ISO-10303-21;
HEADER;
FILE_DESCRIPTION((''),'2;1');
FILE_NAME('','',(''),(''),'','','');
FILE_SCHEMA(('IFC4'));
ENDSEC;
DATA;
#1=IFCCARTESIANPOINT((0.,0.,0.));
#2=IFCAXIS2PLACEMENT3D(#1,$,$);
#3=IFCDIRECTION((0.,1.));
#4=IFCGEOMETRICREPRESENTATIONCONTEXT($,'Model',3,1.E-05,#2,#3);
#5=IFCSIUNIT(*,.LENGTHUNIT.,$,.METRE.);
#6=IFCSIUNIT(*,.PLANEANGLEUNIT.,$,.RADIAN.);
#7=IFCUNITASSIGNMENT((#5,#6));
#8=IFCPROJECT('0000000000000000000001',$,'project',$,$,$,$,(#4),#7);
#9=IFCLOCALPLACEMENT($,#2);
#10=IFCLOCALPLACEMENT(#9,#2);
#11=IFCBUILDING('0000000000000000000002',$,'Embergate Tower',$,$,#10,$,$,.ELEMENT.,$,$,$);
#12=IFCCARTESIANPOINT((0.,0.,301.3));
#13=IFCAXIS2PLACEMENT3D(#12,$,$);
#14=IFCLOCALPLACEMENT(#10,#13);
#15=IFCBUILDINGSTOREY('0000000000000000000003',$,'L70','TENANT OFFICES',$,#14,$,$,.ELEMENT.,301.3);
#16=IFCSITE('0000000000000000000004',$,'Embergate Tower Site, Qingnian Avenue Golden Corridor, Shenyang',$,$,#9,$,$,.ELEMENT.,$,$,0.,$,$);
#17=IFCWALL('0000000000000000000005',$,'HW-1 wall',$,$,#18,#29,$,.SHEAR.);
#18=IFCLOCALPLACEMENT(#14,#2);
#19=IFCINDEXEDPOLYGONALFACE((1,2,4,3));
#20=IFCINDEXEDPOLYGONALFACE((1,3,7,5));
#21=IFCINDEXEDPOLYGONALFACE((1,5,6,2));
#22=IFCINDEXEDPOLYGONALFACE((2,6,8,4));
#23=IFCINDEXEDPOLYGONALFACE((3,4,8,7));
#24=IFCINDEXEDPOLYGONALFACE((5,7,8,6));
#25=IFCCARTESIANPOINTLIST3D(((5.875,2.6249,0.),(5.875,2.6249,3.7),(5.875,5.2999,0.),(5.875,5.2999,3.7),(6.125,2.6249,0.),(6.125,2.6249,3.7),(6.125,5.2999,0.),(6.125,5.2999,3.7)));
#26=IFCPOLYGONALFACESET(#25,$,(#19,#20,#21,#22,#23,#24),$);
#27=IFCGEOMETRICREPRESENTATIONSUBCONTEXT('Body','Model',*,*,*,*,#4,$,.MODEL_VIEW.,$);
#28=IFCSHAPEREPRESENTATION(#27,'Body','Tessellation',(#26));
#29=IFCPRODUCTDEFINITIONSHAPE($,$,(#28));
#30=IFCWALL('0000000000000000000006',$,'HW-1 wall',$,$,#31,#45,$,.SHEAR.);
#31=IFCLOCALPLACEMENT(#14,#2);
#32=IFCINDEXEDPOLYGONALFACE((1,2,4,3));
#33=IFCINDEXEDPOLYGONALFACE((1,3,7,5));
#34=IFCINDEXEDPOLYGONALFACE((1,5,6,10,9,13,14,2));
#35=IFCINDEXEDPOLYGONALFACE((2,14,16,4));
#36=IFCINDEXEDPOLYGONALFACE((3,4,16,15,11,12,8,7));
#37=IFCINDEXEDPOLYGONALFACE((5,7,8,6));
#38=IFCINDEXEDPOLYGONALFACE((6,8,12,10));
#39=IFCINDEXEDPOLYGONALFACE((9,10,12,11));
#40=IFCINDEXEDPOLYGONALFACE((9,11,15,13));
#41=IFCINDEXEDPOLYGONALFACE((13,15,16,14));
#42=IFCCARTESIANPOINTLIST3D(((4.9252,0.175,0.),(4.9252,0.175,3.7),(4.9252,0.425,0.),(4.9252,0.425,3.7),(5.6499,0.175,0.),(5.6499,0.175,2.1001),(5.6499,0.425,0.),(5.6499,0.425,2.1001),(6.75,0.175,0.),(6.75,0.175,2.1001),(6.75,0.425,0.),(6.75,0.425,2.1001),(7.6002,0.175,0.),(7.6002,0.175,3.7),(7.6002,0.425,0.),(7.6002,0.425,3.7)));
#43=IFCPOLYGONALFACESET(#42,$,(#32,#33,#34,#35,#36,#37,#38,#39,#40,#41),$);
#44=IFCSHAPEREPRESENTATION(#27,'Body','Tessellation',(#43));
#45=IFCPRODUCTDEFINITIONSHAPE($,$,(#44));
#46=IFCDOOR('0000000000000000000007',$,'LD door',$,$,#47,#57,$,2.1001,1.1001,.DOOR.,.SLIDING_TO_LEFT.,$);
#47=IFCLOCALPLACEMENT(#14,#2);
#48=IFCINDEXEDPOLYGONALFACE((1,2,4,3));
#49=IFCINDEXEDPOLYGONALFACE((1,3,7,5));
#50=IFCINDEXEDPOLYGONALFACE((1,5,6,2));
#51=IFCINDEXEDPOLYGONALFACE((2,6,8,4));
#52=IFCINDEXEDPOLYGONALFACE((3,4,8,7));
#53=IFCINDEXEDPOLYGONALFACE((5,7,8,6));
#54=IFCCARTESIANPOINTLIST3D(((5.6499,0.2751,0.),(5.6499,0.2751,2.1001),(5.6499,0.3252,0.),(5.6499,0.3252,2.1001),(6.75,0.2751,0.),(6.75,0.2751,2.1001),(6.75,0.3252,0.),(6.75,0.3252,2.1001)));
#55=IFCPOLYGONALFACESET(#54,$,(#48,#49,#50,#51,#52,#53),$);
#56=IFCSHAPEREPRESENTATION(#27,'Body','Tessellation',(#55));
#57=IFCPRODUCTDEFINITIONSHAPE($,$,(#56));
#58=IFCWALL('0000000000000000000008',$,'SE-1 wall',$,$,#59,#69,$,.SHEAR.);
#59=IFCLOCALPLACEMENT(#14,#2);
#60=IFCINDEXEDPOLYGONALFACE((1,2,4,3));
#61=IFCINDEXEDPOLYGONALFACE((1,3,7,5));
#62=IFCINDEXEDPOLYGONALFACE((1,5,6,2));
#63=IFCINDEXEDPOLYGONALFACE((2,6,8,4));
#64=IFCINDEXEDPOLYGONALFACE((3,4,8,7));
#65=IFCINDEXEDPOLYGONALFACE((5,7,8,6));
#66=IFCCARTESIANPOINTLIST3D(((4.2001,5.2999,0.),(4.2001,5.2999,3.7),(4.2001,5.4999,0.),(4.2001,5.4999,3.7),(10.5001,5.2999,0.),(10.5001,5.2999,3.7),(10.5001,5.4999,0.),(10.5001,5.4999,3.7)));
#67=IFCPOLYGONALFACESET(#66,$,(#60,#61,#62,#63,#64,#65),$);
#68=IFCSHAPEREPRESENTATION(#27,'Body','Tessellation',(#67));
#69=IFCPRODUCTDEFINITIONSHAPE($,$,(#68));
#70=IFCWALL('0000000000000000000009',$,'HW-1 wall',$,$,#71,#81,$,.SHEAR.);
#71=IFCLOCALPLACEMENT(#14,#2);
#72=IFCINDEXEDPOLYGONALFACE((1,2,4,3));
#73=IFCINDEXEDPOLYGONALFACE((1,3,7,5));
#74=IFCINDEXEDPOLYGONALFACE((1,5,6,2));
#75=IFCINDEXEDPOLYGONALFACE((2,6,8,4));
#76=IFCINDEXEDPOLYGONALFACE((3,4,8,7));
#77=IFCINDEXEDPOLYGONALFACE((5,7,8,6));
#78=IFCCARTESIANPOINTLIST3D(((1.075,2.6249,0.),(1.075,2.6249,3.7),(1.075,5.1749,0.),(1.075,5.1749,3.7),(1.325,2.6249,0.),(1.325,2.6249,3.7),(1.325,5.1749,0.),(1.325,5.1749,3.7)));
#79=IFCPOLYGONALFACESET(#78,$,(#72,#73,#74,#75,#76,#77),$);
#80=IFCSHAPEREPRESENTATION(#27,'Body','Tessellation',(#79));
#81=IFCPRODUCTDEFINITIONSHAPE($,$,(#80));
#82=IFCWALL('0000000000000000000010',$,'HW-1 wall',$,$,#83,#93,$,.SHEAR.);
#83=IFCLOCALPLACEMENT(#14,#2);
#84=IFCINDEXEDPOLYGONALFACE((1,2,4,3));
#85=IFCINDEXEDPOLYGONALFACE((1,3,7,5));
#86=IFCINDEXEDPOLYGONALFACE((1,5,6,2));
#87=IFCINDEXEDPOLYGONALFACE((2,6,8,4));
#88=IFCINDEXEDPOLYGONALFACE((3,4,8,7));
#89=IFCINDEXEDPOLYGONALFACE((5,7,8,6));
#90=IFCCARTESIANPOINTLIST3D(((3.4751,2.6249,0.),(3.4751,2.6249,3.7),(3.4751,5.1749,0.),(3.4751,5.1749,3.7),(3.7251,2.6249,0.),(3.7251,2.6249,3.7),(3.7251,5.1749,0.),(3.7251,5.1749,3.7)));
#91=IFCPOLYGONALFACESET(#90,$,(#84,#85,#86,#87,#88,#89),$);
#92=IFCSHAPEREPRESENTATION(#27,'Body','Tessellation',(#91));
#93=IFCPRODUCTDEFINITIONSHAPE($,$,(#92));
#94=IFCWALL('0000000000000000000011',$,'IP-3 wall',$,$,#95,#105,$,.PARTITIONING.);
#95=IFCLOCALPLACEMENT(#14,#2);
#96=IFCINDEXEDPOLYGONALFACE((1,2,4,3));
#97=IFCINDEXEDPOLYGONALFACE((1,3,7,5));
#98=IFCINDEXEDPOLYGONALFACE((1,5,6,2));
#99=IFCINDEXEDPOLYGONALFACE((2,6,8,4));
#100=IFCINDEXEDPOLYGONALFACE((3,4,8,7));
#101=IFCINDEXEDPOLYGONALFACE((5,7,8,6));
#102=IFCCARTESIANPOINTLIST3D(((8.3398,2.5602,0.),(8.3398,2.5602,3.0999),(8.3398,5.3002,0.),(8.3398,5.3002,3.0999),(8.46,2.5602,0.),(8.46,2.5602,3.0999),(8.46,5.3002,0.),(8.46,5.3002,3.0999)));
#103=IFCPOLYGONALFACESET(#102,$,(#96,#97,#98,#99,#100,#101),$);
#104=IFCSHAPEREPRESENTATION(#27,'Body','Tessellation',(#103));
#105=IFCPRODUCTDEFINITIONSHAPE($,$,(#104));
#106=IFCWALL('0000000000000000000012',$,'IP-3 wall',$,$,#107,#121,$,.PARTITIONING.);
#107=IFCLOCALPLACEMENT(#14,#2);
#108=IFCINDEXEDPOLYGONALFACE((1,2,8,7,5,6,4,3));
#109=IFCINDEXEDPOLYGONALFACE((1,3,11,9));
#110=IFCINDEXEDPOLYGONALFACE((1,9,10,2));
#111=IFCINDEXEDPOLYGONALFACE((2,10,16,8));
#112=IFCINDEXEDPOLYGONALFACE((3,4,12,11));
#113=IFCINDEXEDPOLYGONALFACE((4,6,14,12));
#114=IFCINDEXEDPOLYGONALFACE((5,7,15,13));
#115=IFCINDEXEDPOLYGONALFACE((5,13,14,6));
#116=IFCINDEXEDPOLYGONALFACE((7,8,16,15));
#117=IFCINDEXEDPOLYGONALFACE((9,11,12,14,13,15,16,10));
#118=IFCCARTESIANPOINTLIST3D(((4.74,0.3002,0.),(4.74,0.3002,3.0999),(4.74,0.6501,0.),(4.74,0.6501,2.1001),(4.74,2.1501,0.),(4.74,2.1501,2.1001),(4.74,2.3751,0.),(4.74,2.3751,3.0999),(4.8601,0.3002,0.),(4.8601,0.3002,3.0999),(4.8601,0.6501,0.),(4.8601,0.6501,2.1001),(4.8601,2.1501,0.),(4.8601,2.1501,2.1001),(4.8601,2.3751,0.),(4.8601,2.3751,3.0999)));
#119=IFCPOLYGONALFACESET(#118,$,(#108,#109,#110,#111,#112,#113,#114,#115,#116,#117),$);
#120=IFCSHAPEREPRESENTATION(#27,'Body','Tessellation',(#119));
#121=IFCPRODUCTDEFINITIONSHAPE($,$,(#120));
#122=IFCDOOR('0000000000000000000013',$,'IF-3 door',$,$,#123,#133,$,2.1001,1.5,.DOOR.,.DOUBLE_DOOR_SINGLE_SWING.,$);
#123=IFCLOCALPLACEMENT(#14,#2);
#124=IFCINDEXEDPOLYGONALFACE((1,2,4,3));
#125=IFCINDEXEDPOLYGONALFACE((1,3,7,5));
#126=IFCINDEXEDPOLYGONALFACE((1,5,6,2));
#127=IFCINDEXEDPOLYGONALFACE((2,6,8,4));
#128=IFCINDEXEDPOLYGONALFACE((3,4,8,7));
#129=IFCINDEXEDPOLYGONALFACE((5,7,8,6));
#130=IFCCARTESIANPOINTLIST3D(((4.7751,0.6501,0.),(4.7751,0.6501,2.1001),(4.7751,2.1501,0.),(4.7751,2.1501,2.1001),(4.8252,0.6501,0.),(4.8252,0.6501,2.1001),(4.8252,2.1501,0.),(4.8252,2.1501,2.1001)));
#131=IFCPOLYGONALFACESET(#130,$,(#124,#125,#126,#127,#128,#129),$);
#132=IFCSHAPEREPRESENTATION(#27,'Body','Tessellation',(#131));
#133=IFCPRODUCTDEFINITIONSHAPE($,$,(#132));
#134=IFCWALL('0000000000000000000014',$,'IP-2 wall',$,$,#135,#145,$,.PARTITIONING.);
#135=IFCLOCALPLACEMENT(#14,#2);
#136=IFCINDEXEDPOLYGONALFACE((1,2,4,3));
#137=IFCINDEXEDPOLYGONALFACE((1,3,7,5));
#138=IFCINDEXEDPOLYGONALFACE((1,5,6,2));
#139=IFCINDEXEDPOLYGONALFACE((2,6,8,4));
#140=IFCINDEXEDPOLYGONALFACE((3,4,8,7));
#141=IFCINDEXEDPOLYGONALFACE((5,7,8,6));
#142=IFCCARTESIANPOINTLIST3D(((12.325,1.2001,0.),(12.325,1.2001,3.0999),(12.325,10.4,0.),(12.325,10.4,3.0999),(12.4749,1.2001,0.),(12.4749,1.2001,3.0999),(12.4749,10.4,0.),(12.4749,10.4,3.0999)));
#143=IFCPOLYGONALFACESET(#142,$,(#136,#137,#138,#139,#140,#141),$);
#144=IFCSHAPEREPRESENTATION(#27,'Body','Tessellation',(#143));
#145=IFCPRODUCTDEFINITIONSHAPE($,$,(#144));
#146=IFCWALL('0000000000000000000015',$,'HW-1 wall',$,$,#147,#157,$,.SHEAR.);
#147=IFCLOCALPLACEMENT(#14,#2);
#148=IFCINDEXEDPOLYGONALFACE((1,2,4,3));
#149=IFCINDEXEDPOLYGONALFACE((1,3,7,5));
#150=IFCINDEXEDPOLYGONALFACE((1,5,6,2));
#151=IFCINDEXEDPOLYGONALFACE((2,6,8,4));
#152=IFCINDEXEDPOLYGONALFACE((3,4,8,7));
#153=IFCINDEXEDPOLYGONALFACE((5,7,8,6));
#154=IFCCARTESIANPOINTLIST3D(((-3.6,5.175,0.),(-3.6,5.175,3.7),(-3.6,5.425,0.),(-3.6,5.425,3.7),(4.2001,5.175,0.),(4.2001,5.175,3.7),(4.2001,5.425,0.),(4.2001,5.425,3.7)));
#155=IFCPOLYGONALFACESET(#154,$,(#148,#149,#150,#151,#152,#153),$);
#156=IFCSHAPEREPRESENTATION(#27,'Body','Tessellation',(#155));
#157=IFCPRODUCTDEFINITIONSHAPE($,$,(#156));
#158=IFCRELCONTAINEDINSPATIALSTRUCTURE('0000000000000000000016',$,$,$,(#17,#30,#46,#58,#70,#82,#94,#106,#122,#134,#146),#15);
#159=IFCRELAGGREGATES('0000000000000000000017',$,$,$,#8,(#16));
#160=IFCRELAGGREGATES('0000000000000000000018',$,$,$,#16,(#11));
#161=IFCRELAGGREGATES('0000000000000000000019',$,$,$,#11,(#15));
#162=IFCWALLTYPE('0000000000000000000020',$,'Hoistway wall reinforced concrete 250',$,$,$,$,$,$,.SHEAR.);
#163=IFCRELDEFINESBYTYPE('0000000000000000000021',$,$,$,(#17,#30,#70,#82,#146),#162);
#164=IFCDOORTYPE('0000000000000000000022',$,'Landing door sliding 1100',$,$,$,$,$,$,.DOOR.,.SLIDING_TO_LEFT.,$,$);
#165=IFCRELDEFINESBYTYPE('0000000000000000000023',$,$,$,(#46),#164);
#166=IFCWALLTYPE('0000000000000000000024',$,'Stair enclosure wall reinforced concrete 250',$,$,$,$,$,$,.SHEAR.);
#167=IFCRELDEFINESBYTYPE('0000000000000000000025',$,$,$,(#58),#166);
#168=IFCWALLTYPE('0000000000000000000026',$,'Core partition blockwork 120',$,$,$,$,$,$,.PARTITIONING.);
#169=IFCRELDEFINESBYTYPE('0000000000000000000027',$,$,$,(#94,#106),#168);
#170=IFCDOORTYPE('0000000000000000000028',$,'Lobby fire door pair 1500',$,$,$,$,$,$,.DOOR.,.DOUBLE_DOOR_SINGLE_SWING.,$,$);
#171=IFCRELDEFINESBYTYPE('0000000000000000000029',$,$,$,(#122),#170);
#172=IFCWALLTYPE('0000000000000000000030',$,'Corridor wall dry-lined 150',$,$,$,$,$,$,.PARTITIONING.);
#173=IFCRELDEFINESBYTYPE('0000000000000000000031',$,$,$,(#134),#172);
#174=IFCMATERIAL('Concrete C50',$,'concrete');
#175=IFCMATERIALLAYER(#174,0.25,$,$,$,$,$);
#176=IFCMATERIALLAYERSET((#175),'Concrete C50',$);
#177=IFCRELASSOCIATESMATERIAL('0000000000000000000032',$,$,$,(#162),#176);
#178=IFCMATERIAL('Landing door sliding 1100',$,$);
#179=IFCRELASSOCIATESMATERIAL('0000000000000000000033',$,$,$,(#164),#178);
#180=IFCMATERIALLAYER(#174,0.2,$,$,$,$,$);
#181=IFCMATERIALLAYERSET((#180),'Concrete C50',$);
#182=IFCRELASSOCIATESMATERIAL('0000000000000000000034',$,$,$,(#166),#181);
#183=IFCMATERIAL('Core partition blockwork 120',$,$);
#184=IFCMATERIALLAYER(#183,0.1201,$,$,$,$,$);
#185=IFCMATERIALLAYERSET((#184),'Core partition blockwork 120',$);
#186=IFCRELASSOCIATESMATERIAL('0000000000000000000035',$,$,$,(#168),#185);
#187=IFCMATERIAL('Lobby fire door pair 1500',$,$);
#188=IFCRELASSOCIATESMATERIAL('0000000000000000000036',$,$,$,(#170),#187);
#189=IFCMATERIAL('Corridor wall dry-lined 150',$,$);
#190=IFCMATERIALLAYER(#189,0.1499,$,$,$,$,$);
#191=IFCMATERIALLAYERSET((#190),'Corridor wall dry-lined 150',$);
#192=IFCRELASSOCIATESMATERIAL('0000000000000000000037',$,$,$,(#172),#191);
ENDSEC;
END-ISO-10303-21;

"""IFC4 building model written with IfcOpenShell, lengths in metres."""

from ifc_helpers import new_model, si_unit, direction, frame, frame_2d, origin, place, context, subcontext, project, spatial, rectangle, extrude, source, transform, mapped, material, layer, layer_set, type_object, element, fill, save


model = new_model("IFC4")

# Units and contexts
model_context = context("Model", 3, precision=1e-05, world=origin(), true_north=direction((0.0, 1.0)))
body_context = subcontext(model_context, "Body", "Model", "MODEL_VIEW")
ifc_project = project(units=[si_unit("LENGTHUNIT", "METRE"), si_unit("PLANEANGLEUNIT", "RADIAN")], contexts=[model_context])

# Site, building, storey
site_placement = place(None, origin())
site = spatial("IfcSite", under=ifc_project, at=site_placement, Name="Embergate Tower Site, Qingnian Avenue Golden Corridor, Shenyang", CompositionType="ELEMENT", RefElevation=0.0)
building_placement = place(site_placement, origin())
building = spatial("IfcBuilding", under=site, at=building_placement, Name="Embergate Tower", CompositionType="ELEMENT")
storey_placement = place(building_placement, frame((0.0, 0.0, 301.3)))
storey = spatial("IfcBuildingStorey", under=building, at=storey_placement, Name="L70", Description="TENANT OFFICES", CompositionType="ELEMENT", Elevation=301.3)

# Wall
ifc_material_1 = material(Name="Concrete C50", Category="concrete")
ifc_layer_1 = layer(ifc_material_1, 0.25)
ifc_layer_set_1 = layer_set([ifc_layer_1], Name="Concrete C50")
wall_type_1 = type_object("IfcWallType", Name="Hoistway wall reinforced concrete 250", PredefinedType="SHEAR", material=ifc_layer_set_1)
shared_shape_1 = source(origin(), body_context, "Body", "SweptSolid", [
    extrude(rectangle(XDim=2.675, YDim=0.25, at=frame_2d((1.3374, 0.0))), origin(), (0.0, 0.0, 1.0), 3.7),
])
wall_1_placement = place(storey_placement, frame((6.0, 2.625, 0.0), z_axis=(0.0, 0.0, 1.0), x_axis=(0.0, 1.0, 0.0)))
element("IfcWall", 1, at=wall_1_placement, inside=storey, type_object=wall_type_1, Name="HW-1 wall", PredefinedType="SHEAR", context=body_context, shape_type="MappedRepresentation", body=[
    mapped(shared_shape_1, transform((0.0, 0.0, 0.0))),
])

# Wall, opening, door
wall_2_placement = place(storey_placement, frame((7.6001, 0.3, 0.0), z_axis=(0.0, 0.0, 1.0), x_axis=(-1.0, 0.0, 0.0)))
wall_2 = element("IfcWall", 2, at=wall_2_placement, inside=storey, type_object=wall_type_1, Name="HW-1 wall", PredefinedType="SHEAR", context=body_context, shape_type="MappedRepresentation", body=[
    mapped(shared_shape_1, transform((0.0, 0.0, 0.0))),
])
shared_shape_2 = source(origin(), body_context, "Body", "SweptSolid", [
    extrude(rectangle(XDim=1.1001, YDim=2.1001, at=frame_2d((0.55, 1.05))), frame((0.0, 0.135, 0.0), z_axis=(0.0, -1.0, 0.0), x_axis=(1.0, 0.0, 0.0)), (0.0, 0.0, 1.0), 0.27),
])
opening_1_placement = place(wall_2_placement, frame((0.8501, 0.0, 0.0)))
opening_1 = element("IfcOpeningElement", 3, at=opening_1_placement, cuts=wall_2, PredefinedType="OPENING", context=body_context, shape_type="MappedRepresentation", body=[
    mapped(shared_shape_2, transform((0.0, 0.0, 0.0))),
])
ifc_material_2 = material(Name="Landing door sliding 1100")
door_type_1 = type_object("IfcDoorType", Name="Landing door sliding 1100", OperationType="SLIDING_TO_LEFT", PredefinedType="DOOR", material=ifc_material_2)
shared_shape_3 = source(origin(), body_context, "Body", "SweptSolid", [
    extrude(rectangle(XDim=1.1001, YDim=2.1001, at=frame_2d((0.55, 1.05))), frame((0.0, 0.0249, 0.0), z_axis=(0.0, -1.0, 0.0), x_axis=(1.0, 0.0, 0.0)), (0.0, 0.0, 1.0), 0.05),
])
door_1_placement = place(opening_1_placement, origin())
door_1 = element("IfcDoor", 4, at=door_1_placement, inside=storey, type_object=door_type_1, Name="LD door", OperationType="SLIDING_TO_LEFT", OverallHeight=2.1001, OverallWidth=1.1001, PredefinedType="DOOR", context=body_context, shape_type="MappedRepresentation", body=[
    mapped(shared_shape_3, transform((0.0, 0.0, 0.0))),
])
fill(opening_1, door_1)

# Walls
ifc_layer_2 = layer(ifc_material_1, 0.2)
ifc_layer_set_2 = layer_set([ifc_layer_2], Name="Concrete C50")
wall_type_2 = type_object("IfcWallType", Name="Stair enclosure wall reinforced concrete 250", PredefinedType="SHEAR", material=ifc_layer_set_2)
shared_shape_4 = source(origin(), body_context, "Body", "SweptSolid", [
    extrude(rectangle(XDim=6.3, YDim=0.2, at=frame_2d((3.1499, 0.0))), origin(), (0.0, 0.0, 1.0), 3.7),
])
wall_3_placement = place(storey_placement, frame((10.5, 5.3999, 0.0), z_axis=(0.0, 0.0, 1.0), x_axis=(-1.0, 0.0, 0.0)))
element("IfcWall", 5, at=wall_3_placement, inside=storey, type_object=wall_type_2, Name="SE-1 wall", PredefinedType="SHEAR", context=body_context, shape_type="MappedRepresentation", body=[
    mapped(shared_shape_4, transform((0.0, 0.0, 0.0))),
])
shared_shape_5 = source(origin(), body_context, "Body", "SweptSolid", [
    extrude(rectangle(XDim=2.55, YDim=0.25, at=frame_2d((1.2749, 0.0))), origin(), (0.0, 0.0, 1.0), 3.7),
])
for number, where, z_axis, x_axis, name in (
    (6, (1.2, 2.625, 0.0), (0.0, 0.0, 1.0), (0.0, 1.0, 0.0), "HW-1 wall"),
    (7, (3.6001, 2.625, 0.0), (0.0, 0.0, 1.0), (0.0, 1.0, 0.0), "HW-1 wall"),
):
    element("IfcWall", number, at=place(storey_placement, frame(where, z_axis=z_axis, x_axis=x_axis)), inside=storey, type_object=wall_type_1, Name=name, PredefinedType="SHEAR", context=body_context, shape_type="MappedRepresentation", body=[
        mapped(shared_shape_5, transform((0.0, 0.0, 0.0))),
    ])
ifc_material_3 = material(Name="Core partition blockwork 120")
ifc_layer_3 = layer(ifc_material_3, 0.1201)
ifc_layer_set_3 = layer_set([ifc_layer_3], Name="Core partition blockwork 120")
wall_type_3 = type_object("IfcWallType", Name="Core partition blockwork 120", PredefinedType="PARTITIONING", material=ifc_layer_set_3)
shared_shape_6 = source(origin(), body_context, "Body", "SweptSolid", [
    extrude(rectangle(XDim=2.74, YDim=0.1201, at=frame_2d((1.3701, 0.0))), origin(), (0.0, 0.0, 1.0), 3.0999),
])
wall_4_placement = place(storey_placement, frame((8.3999, 2.5601, 0.0), z_axis=(0.0, 0.0, 1.0), x_axis=(0.0, 1.0, 0.0)))
element("IfcWall", 8, at=wall_4_placement, inside=storey, type_object=wall_type_3, Name="IP-3 wall", PredefinedType="PARTITIONING", context=body_context, shape_type="MappedRepresentation", body=[
    mapped(shared_shape_6, transform((0.0, 0.0, 0.0))),
])

# Wall, opening, door
shared_shape_7 = source(origin(), body_context, "Body", "SweptSolid", [
    extrude(rectangle(XDim=2.075, YDim=0.1201, at=frame_2d((1.0376, 0.0))), origin(), (0.0, 0.0, 1.0), 3.0999),
])
wall_5_placement = place(storey_placement, frame((4.8, 0.3, 0.0), z_axis=(0.0, 0.0, 1.0), x_axis=(0.0, 1.0, 0.0)))
wall_5 = element("IfcWall", 9, at=wall_5_placement, inside=storey, type_object=wall_type_3, Name="IP-3 wall", PredefinedType="PARTITIONING", context=body_context, shape_type="MappedRepresentation", body=[
    mapped(shared_shape_7, transform((0.0, 0.0, 0.0))),
])
shared_shape_8 = source(origin(), body_context, "Body", "SweptSolid", [
    extrude(rectangle(XDim=1.5, YDim=2.1001, at=frame_2d((0.75, 1.05))), frame((0.0, 0.0701, 0.0), z_axis=(0.0, -1.0, 0.0), x_axis=(1.0, 0.0, 0.0)), (0.0, 0.0, 1.0), 0.1401),
])
opening_2_placement = place(wall_5_placement, frame((0.3501, 0.0, 0.0)))
opening_2 = element("IfcOpeningElement", 10, at=opening_2_placement, cuts=wall_5, PredefinedType="OPENING", context=body_context, shape_type="MappedRepresentation", body=[
    mapped(shared_shape_8, transform((0.0, 0.0, 0.0))),
])
ifc_material_4 = material(Name="Lobby fire door pair 1500")
door_type_2 = type_object("IfcDoorType", Name="Lobby fire door pair 1500", OperationType="DOUBLE_DOOR_SINGLE_SWING", PredefinedType="DOOR", material=ifc_material_4)
shared_shape_9 = source(origin(), body_context, "Body", "SweptSolid", [
    extrude(rectangle(XDim=1.5, YDim=2.1001, at=frame_2d((0.75, 1.05))), frame((0.0, 0.0249, 0.0), z_axis=(0.0, -1.0, 0.0), x_axis=(1.0, 0.0, 0.0)), (0.0, 0.0, 1.0), 0.05),
])
door_2_placement = place(opening_2_placement, origin())
door_2 = element("IfcDoor", 11, at=door_2_placement, inside=storey, type_object=door_type_2, Name="IF-3 door", OperationType="DOUBLE_DOOR_SINGLE_SWING", OverallHeight=2.1001, OverallWidth=1.5, PredefinedType="DOOR", context=body_context, shape_type="MappedRepresentation", body=[
    mapped(shared_shape_9, transform((0.0, 0.0, 0.0))),
])
fill(opening_2, door_2)

# Walls
ifc_material_5 = material(Name="Corridor wall dry-lined 150")
ifc_layer_4 = layer(ifc_material_5, 0.1499)
ifc_layer_set_4 = layer_set([ifc_layer_4], Name="Corridor wall dry-lined 150")
wall_type_4 = type_object("IfcWallType", Name="Corridor wall dry-lined 150", PredefinedType="PARTITIONING", material=ifc_layer_set_4)
shared_shape_10 = source(origin(), body_context, "Body", "SweptSolid", [
    extrude(rectangle(XDim=9.2, YDim=0.1499, at=frame_2d((4.6001, 0.0))), origin(), (0.0, 0.0, 1.0), 3.0999),
])
wall_6_placement = place(storey_placement, frame((12.3999, 1.2, 0.0), z_axis=(0.0, 0.0, 1.0), x_axis=(0.0, 1.0, 0.0)))
element("IfcWall", 12, at=wall_6_placement, inside=storey, type_object=wall_type_4, Name="IP-2 wall", PredefinedType="PARTITIONING", context=body_context, shape_type="MappedRepresentation", body=[
    mapped(shared_shape_10, transform((0.0, 0.0, 0.0))),
])
shared_shape_11 = source(origin(), body_context, "Body", "SweptSolid", [
    extrude(rectangle(XDim=7.8, YDim=0.25, at=frame_2d((3.8999, 0.0))), origin(), (0.0, 0.0, 1.0), 3.7),
])
wall_7_placement = place(storey_placement, frame((4.2, 5.3, 0.0), z_axis=(0.0, 0.0, 1.0), x_axis=(-1.0, 0.0, 0.0)))
element("IfcWall", 13, at=wall_7_placement, inside=storey, type_object=wall_type_1, Name="HW-1 wall", PredefinedType="SHEAR", context=body_context, shape_type="MappedRepresentation", body=[
    mapped(shared_shape_11, transform((0.0, 0.0, 0.0))),
])

save(model, "model.ifc")
